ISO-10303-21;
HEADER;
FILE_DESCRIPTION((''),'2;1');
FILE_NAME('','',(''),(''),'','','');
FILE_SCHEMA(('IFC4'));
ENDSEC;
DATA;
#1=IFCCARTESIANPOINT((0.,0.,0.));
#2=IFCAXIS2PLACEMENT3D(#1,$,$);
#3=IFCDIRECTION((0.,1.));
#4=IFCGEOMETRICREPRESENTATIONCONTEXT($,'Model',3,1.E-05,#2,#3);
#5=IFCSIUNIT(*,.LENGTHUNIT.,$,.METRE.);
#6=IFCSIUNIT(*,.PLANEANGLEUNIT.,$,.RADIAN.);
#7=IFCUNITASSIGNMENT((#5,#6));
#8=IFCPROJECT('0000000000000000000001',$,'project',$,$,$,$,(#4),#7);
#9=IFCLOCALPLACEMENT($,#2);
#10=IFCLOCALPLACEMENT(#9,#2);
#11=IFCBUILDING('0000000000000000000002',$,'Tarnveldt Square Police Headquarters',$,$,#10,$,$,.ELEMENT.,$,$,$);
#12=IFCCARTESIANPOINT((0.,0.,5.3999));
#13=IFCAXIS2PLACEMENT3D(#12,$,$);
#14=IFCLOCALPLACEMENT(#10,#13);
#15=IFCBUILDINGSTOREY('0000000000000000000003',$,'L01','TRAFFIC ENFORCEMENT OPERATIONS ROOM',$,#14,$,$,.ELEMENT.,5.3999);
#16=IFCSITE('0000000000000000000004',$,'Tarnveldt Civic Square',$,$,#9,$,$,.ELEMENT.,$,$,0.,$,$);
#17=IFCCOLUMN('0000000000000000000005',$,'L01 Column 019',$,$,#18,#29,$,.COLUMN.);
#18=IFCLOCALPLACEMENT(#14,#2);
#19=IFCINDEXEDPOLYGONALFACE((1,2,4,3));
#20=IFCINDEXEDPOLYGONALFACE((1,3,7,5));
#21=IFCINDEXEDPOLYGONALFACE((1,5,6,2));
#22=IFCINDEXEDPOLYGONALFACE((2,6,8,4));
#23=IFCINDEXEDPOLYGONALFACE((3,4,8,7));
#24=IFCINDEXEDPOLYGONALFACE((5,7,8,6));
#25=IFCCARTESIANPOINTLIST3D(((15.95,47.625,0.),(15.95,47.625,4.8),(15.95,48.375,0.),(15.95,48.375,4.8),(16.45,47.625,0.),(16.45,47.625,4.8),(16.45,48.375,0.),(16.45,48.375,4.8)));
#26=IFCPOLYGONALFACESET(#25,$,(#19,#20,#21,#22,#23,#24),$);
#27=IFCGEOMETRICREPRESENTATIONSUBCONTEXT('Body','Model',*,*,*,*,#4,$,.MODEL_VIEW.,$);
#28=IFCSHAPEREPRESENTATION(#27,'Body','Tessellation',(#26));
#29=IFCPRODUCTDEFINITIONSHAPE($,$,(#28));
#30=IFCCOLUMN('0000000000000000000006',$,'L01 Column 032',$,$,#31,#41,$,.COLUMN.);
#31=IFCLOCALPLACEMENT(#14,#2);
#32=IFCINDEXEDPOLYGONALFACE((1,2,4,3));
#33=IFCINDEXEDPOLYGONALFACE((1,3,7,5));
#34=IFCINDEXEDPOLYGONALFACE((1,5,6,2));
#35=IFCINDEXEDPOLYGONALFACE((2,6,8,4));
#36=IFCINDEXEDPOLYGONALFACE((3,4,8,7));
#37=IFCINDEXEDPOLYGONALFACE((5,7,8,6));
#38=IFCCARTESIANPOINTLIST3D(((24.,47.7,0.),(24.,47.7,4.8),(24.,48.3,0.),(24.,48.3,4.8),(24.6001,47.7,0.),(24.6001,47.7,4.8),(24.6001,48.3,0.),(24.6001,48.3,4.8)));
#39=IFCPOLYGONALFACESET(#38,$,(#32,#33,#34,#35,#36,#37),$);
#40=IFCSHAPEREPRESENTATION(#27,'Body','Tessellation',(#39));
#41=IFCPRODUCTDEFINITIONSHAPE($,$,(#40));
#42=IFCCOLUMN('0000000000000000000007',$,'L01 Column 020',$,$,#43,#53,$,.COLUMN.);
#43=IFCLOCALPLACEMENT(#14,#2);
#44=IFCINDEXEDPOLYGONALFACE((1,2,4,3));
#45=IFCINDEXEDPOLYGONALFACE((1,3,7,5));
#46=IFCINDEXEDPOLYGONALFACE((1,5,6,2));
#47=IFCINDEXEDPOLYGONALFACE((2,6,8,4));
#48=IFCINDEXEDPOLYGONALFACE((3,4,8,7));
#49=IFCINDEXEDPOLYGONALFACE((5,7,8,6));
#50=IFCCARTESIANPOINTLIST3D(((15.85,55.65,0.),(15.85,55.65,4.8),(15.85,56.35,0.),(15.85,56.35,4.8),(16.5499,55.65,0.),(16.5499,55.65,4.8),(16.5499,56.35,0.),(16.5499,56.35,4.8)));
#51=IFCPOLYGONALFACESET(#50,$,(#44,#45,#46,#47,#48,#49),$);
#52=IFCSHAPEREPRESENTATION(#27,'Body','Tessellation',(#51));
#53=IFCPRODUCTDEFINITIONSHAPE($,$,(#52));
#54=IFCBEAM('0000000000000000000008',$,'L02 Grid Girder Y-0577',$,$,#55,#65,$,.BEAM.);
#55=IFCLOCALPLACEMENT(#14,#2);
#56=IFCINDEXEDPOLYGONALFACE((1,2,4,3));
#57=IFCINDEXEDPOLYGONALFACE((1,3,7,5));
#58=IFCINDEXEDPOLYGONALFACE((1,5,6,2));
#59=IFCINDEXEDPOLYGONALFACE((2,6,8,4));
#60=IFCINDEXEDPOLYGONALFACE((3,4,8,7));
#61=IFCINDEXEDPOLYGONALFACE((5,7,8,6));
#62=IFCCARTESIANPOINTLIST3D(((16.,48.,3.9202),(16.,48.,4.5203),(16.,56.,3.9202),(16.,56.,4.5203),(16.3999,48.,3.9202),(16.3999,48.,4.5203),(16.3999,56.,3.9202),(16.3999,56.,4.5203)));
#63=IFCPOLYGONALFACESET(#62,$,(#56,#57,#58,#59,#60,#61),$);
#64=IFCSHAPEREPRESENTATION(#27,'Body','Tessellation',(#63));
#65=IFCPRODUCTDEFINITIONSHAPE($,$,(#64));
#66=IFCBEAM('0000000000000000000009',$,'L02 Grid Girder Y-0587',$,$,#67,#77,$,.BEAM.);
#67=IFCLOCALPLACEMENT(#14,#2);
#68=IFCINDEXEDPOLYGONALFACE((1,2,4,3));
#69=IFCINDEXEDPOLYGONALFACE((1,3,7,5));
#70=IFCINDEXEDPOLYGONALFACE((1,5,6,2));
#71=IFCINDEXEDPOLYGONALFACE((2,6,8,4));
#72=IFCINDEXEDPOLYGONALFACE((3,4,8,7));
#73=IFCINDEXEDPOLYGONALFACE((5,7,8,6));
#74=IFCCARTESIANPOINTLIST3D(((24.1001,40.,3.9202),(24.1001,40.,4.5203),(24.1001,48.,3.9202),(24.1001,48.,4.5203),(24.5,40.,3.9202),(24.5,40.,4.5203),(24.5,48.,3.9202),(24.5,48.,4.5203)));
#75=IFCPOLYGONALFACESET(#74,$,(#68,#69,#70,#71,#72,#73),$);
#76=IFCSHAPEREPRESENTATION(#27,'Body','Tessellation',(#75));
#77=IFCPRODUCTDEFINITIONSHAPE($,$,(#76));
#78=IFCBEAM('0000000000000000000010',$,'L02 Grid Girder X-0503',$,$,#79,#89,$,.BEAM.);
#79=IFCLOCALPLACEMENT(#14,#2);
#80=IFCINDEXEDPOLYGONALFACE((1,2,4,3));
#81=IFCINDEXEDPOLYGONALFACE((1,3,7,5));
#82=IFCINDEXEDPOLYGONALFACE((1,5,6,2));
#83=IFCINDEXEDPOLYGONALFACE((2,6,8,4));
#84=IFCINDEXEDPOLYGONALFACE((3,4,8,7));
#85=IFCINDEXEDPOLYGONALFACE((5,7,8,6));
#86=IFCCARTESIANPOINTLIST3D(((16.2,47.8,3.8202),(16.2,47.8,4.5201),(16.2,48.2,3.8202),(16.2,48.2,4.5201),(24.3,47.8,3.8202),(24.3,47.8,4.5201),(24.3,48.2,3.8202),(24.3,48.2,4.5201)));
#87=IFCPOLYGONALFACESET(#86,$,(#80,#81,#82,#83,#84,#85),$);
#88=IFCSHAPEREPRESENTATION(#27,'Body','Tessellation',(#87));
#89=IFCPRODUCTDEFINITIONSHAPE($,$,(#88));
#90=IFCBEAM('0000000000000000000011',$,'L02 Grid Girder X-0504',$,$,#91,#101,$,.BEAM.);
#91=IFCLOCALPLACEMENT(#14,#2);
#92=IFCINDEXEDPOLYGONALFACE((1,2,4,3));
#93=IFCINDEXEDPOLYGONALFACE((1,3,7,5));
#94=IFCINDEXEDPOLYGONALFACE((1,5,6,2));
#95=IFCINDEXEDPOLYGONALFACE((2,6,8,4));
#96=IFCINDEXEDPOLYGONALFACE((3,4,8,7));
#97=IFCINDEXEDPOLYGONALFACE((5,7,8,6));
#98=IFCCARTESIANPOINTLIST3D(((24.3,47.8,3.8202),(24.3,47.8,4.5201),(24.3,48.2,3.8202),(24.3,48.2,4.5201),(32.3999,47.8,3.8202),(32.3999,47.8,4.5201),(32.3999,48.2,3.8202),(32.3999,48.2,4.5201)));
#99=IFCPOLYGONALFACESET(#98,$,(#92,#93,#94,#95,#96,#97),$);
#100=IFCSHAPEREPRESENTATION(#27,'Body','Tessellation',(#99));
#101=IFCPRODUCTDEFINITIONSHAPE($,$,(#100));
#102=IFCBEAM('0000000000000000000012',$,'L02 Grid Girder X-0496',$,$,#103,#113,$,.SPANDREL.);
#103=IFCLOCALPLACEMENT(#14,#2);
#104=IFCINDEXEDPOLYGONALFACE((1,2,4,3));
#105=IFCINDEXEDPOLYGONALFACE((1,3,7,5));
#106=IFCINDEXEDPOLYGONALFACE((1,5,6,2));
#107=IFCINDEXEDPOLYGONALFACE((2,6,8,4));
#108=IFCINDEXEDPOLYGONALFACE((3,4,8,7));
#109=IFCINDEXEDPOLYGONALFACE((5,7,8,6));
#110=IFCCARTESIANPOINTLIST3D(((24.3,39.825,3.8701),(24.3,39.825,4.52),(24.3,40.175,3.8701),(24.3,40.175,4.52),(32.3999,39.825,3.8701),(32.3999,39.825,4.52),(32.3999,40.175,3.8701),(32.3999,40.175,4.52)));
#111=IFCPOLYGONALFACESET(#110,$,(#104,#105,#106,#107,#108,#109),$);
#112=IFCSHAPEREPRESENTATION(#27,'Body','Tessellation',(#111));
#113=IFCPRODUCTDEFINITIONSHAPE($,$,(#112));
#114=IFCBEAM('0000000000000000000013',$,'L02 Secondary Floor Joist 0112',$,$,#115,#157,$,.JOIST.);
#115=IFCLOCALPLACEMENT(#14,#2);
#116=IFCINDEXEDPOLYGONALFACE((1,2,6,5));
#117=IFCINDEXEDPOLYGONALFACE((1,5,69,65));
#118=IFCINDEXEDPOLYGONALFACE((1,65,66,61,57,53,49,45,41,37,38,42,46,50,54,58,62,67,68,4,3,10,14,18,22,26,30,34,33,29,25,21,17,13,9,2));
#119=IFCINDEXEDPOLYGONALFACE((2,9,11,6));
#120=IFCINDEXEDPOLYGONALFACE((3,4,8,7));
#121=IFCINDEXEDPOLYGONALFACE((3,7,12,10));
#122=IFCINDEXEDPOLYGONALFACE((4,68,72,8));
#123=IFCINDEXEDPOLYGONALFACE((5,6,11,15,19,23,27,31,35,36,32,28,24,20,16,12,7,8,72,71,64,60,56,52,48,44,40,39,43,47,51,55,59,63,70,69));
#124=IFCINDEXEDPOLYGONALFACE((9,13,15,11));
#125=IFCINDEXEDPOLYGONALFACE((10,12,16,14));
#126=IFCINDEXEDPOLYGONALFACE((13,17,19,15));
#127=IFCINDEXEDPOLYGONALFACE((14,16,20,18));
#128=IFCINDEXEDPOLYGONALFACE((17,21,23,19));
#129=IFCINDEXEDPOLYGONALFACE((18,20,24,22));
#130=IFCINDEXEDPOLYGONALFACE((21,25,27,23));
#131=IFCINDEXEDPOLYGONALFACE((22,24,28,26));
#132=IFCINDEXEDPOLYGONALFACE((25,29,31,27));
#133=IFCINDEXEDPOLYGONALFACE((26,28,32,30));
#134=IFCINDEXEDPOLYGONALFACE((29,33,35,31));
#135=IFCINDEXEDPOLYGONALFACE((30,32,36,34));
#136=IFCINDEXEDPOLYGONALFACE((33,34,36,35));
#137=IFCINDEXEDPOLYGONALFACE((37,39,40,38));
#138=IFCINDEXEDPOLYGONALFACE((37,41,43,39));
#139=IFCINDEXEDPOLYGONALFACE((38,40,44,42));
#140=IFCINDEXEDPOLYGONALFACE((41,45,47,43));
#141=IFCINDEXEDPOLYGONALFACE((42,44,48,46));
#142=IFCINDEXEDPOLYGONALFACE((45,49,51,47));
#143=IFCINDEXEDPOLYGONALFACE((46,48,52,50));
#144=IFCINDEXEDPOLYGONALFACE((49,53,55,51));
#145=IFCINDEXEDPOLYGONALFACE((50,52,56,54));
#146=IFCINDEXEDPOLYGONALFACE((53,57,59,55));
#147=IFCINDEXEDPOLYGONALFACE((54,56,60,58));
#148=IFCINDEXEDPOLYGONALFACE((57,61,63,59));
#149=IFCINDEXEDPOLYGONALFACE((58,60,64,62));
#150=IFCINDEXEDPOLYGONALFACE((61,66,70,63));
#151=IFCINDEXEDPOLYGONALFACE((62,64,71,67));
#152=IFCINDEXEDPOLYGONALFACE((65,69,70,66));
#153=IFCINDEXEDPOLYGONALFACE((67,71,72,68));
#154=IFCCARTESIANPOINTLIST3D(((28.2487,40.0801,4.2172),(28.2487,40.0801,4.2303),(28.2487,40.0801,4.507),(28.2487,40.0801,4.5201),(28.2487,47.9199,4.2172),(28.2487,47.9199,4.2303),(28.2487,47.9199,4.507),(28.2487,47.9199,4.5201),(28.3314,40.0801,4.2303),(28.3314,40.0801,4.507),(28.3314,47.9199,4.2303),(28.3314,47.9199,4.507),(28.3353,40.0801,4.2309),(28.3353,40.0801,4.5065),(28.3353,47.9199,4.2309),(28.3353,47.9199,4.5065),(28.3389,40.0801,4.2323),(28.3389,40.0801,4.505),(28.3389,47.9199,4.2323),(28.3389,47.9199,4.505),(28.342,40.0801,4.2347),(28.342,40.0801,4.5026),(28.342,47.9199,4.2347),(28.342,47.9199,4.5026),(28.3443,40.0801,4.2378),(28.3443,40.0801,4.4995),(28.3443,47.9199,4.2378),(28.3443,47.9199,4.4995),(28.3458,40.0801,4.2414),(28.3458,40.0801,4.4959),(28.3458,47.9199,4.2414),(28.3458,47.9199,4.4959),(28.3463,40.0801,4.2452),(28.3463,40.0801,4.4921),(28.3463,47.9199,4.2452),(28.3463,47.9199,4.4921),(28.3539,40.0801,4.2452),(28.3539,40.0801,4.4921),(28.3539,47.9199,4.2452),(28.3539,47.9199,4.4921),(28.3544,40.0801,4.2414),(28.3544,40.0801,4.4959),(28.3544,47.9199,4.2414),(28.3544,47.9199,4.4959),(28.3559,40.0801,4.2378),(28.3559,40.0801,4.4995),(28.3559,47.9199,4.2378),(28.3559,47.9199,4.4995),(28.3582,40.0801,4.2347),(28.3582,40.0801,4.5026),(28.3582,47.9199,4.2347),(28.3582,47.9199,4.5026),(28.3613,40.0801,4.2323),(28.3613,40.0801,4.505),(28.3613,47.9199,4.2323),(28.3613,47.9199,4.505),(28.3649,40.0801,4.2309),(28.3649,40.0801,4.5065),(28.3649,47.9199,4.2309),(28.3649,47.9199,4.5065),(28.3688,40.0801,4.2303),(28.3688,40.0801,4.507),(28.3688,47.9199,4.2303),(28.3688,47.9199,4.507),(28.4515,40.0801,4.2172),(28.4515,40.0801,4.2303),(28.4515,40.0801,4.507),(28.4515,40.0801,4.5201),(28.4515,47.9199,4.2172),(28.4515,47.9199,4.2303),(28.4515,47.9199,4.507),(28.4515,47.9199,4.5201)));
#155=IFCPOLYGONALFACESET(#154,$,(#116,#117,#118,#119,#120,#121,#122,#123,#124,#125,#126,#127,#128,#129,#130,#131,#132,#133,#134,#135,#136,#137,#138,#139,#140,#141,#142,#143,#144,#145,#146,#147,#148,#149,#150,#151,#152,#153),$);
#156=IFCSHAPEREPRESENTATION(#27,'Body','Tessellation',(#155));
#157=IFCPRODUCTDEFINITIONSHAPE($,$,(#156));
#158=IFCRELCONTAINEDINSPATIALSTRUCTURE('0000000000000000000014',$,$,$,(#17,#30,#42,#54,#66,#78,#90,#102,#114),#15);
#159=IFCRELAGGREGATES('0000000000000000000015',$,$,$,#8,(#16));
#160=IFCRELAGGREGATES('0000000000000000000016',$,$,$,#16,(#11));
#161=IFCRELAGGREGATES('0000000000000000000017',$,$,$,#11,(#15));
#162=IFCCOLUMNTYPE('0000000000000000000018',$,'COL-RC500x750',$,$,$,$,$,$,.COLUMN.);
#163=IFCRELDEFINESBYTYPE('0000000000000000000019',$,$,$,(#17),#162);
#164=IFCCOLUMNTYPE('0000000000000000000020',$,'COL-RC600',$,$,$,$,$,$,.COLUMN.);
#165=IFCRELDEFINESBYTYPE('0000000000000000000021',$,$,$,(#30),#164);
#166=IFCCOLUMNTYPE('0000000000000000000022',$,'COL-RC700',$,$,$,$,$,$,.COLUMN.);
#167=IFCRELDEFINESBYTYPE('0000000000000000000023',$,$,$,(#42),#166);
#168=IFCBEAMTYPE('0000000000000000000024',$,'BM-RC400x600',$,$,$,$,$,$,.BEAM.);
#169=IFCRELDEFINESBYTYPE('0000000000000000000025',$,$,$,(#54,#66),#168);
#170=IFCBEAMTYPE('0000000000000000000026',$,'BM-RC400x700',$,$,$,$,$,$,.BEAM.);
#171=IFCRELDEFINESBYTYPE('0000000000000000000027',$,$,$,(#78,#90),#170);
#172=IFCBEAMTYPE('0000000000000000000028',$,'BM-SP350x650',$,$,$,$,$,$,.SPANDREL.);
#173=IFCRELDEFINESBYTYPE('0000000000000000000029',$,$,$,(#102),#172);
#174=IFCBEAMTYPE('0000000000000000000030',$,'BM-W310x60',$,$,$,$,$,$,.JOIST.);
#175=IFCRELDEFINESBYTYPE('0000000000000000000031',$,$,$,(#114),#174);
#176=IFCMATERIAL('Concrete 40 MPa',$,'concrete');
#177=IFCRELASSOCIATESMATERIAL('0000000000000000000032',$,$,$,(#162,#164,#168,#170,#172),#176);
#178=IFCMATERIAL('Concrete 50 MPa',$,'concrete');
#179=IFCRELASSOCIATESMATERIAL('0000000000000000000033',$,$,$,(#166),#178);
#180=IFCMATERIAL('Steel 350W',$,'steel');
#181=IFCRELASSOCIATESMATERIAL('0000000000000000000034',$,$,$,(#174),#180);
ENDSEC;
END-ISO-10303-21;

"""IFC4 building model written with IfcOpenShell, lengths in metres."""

from ifc_helpers import new_model, si_unit, direction, frame, origin, origin_2d, place, context, subcontext, project, spatial, rectangle, i_section, extrude, material, material_profile, profile_set, type_object, element, save


model = new_model("IFC4")

# Units and contexts
model_context = context("Model", 3, precision=1e-05, world=origin(), true_north=direction((0.0, 1.0)))
body_context = subcontext(model_context, "Body", "Model", "MODEL_VIEW")
ifc_project = project(units=[si_unit("LENGTHUNIT", "METRE"), si_unit("PLANEANGLEUNIT", "RADIAN")], contexts=[model_context])

# Site, building, storey
site_placement = place(None, origin())
site = spatial("IfcSite", under=ifc_project, at=site_placement, Name="Tarnveldt Civic Square", CompositionType="ELEMENT", RefElevation=0.0)
building_placement = place(site_placement, origin())
building = spatial("IfcBuilding", under=site, at=building_placement, Name="Tarnveldt Square Police Headquarters", CompositionType="ELEMENT")
storey_placement = place(building_placement, frame((0.0, 0.0, 5.3999)))
storey = spatial("IfcBuildingStorey", under=building, at=storey_placement, Name="L01", Description="TRAFFIC ENFORCEMENT OPERATIONS ROOM", CompositionType="ELEMENT", Elevation=5.3999)

# Columns
ifc_material_1 = material(Name="Concrete 40 MPa", Category="concrete")
ifc_material_profile_1 = material_profile(ifc_material_1, rectangle(XDim=0.5, YDim=0.75, at=origin_2d()), Name="RC-C500x750")
ifc_profile_set_1 = profile_set([ifc_material_profile_1], Name="Concrete 40 MPa")
column_type_1 = type_object("IfcColumnType", Name="COL-RC500x750", PredefinedType="COLUMN", material=ifc_profile_set_1)
column_1_placement = place(storey_placement, frame((16.2, 48.0, 0.0), z_axis=(0.0, 0.0, 1.0), x_axis=(1.0, 0.0, 0.0)))
element("IfcColumn", 1, at=column_1_placement, inside=storey, type_object=column_type_1, Name="L01 Column 019", PredefinedType="COLUMN", context=body_context, shape_type="SweptSolid", body=[
    extrude(rectangle(XDim=0.5, YDim=0.75, at=origin_2d()), origin(), (0.0, 0.0, 1.0), 4.8),
])
ifc_material_profile_2 = material_profile(ifc_material_1, rectangle(XDim=0.6001, YDim=0.6001, at=origin_2d()), Name="RC-C600x600")
ifc_profile_set_2 = profile_set([ifc_material_profile_2], Name="Concrete 40 MPa")
column_type_2 = type_object("IfcColumnType", Name="COL-RC600", PredefinedType="COLUMN", material=ifc_profile_set_2)
column_2_placement = place(storey_placement, frame((24.3, 48.0, 0.0), z_axis=(0.0, 0.0, 1.0), x_axis=(1.0, 0.0, 0.0)))
element("IfcColumn", 2, at=column_2_placement, inside=storey, type_object=column_type_2, Name="L01 Column 032", PredefinedType="COLUMN", context=body_context, shape_type="SweptSolid", body=[
    extrude(rectangle(XDim=0.6001, YDim=0.6001, at=origin_2d()), origin(), (0.0, 0.0, 1.0), 4.8),
])
ifc_material_2 = material(Name="Concrete 50 MPa", Category="concrete")
ifc_material_profile_3 = material_profile(ifc_material_2, rectangle(XDim=0.7, YDim=0.7, at=origin_2d()), Name="RC-C700x700")
ifc_profile_set_3 = profile_set([ifc_material_profile_3], Name="Concrete 50 MPa")
column_type_3 = type_object("IfcColumnType", Name="COL-RC700", PredefinedType="COLUMN", material=ifc_profile_set_3)
column_3_placement = place(storey_placement, frame((16.2, 56.0, 0.0), z_axis=(0.0, 0.0, 1.0), x_axis=(1.0, 0.0, 0.0)))
element("IfcColumn", 3, at=column_3_placement, inside=storey, type_object=column_type_3, Name="L01 Column 020", PredefinedType="COLUMN", context=body_context, shape_type="SweptSolid", body=[
    extrude(rectangle(XDim=0.7, YDim=0.7, at=origin_2d()), origin(), (0.0, 0.0, 1.0), 4.8),
])

# Beams
ifc_material_profile_4 = material_profile(ifc_material_1, rectangle(XDim=0.3999, YDim=0.6001, at=origin_2d()), Name="RC-B400x600")
ifc_profile_set_4 = profile_set([ifc_material_profile_4], Name="Concrete 40 MPa")
beam_type_1 = type_object("IfcBeamType", Name="BM-RC400x600", PredefinedType="BEAM", material=ifc_profile_set_4)
for number, where, z_axis, x_axis, name in (
    (4, (16.2, 48.0, 4.2202), (0.0, 1.0, 0.0), (-1.0, 0.0, 0.0), "L02 Grid Girder Y-0577"),
    (5, (24.3, 40.0, 4.2202), (0.0, 1.0, 0.0), (-1.0, 0.0, 0.0), "L02 Grid Girder Y-0587"),
):
    element("IfcBeam", number, at=place(storey_placement, frame(where, z_axis=z_axis, x_axis=x_axis)), inside=storey, type_object=beam_type_1, Name=name, PredefinedType="BEAM", context=body_context, shape_type="SweptSolid", body=[
        extrude(rectangle(XDim=0.3999, YDim=0.6001, at=origin_2d()), origin(), (0.0, 0.0, 1.0), 8.0),
    ])
ifc_material_profile_5 = material_profile(ifc_material_1, rectangle(XDim=0.3999, YDim=0.7, at=origin_2d()), Name="RC-B400x700")
ifc_profile_set_5 = profile_set([ifc_material_profile_5], Name="Concrete 40 MPa")
beam_type_2 = type_object("IfcBeamType", Name="BM-RC400x700", PredefinedType="BEAM", material=ifc_profile_set_5)
beam_1_placement = place(storey_placement, frame((16.2, 48.0, 4.1702), z_axis=(1.0, 0.0, 0.0), x_axis=(0.0, 1.0, 0.0)))
element("IfcBeam", 6, at=beam_1_placement, inside=storey, type_object=beam_type_2, Name="L02 Grid Girder X-0503", PredefinedType="BEAM", context=body_context, shape_type="SweptSolid", body=[
    extrude(rectangle(XDim=0.3999, YDim=0.7, at=origin_2d()), origin(), (0.0, 0.0, 1.0), 8.1001),
])
beam_2_placement = place(storey_placement, frame((24.3, 48.0, 4.1702), z_axis=(1.0, 0.0, 0.0), x_axis=(0.0, 1.0, 0.0)))
element("IfcBeam", 7, at=beam_2_placement, inside=storey, type_object=beam_type_2, Name="L02 Grid Girder X-0504", PredefinedType="BEAM", context=body_context, shape_type="SweptSolid", body=[
    extrude(rectangle(XDim=0.3999, YDim=0.7, at=origin_2d()), origin(), (0.0, 0.0, 1.0), 8.0999),
])
ifc_material_profile_6 = material_profile(ifc_material_1, rectangle(XDim=0.3501, YDim=0.6499, at=origin_2d()), Name="RC-SP350x650")
ifc_profile_set_6 = profile_set([ifc_material_profile_6], Name="Concrete 40 MPa")
beam_type_3 = type_object("IfcBeamType", Name="BM-SP350x650", PredefinedType="SPANDREL", material=ifc_profile_set_6)
beam_3_placement = place(storey_placement, frame((24.3, 40.0, 4.1951), z_axis=(1.0, 0.0, 0.0), x_axis=(0.0, 1.0, 0.0)))
element("IfcBeam", 8, at=beam_3_placement, inside=storey, type_object=beam_type_3, Name="L02 Grid Girder X-0496", PredefinedType="SPANDREL", context=body_context, shape_type="SweptSolid", body=[
    extrude(rectangle(XDim=0.3501, YDim=0.6499, at=origin_2d()), origin(), (0.0, 0.0, 1.0), 8.0999),
])
ifc_material_3 = material(Name="Steel 350W", Category="steel")
ifc_material_profile_7 = material_profile(ifc_material_3, i_section(OverallWidth=0.2029, OverallDepth=0.303, WebThickness=0.0076, FlangeThickness=0.0132, FilletRadius=0.0149, at=origin_2d()), Name="W310x60")
ifc_profile_set_7 = profile_set([ifc_material_profile_7], Name="Steel 350W")
beam_type_4 = type_object("IfcBeamType", Name="BM-W310x60", PredefinedType="JOIST", material=ifc_profile_set_7)
for number, where, z_axis, x_axis, name in (
    (9, (28.3501, 40.0801, 4.3687), (0.0, 1.0, 0.0), (-1.0, 0.0, 0.0), "L02 Secondary Floor Joist 0112"),
):
    element("IfcBeam", number, at=place(storey_placement, frame(where, z_axis=z_axis, x_axis=x_axis)), inside=storey, type_object=beam_type_4, Name=name, PredefinedType="JOIST", context=body_context, shape_type="SweptSolid", body=[
        extrude(i_section(OverallWidth=0.2029, OverallDepth=0.303, WebThickness=0.0076, FlangeThickness=0.0132, FilletRadius=0.0149, at=origin_2d()), origin(), (0.0, 0.0, 1.0), 7.8398),
    ])

save(model, "model.ifc")
